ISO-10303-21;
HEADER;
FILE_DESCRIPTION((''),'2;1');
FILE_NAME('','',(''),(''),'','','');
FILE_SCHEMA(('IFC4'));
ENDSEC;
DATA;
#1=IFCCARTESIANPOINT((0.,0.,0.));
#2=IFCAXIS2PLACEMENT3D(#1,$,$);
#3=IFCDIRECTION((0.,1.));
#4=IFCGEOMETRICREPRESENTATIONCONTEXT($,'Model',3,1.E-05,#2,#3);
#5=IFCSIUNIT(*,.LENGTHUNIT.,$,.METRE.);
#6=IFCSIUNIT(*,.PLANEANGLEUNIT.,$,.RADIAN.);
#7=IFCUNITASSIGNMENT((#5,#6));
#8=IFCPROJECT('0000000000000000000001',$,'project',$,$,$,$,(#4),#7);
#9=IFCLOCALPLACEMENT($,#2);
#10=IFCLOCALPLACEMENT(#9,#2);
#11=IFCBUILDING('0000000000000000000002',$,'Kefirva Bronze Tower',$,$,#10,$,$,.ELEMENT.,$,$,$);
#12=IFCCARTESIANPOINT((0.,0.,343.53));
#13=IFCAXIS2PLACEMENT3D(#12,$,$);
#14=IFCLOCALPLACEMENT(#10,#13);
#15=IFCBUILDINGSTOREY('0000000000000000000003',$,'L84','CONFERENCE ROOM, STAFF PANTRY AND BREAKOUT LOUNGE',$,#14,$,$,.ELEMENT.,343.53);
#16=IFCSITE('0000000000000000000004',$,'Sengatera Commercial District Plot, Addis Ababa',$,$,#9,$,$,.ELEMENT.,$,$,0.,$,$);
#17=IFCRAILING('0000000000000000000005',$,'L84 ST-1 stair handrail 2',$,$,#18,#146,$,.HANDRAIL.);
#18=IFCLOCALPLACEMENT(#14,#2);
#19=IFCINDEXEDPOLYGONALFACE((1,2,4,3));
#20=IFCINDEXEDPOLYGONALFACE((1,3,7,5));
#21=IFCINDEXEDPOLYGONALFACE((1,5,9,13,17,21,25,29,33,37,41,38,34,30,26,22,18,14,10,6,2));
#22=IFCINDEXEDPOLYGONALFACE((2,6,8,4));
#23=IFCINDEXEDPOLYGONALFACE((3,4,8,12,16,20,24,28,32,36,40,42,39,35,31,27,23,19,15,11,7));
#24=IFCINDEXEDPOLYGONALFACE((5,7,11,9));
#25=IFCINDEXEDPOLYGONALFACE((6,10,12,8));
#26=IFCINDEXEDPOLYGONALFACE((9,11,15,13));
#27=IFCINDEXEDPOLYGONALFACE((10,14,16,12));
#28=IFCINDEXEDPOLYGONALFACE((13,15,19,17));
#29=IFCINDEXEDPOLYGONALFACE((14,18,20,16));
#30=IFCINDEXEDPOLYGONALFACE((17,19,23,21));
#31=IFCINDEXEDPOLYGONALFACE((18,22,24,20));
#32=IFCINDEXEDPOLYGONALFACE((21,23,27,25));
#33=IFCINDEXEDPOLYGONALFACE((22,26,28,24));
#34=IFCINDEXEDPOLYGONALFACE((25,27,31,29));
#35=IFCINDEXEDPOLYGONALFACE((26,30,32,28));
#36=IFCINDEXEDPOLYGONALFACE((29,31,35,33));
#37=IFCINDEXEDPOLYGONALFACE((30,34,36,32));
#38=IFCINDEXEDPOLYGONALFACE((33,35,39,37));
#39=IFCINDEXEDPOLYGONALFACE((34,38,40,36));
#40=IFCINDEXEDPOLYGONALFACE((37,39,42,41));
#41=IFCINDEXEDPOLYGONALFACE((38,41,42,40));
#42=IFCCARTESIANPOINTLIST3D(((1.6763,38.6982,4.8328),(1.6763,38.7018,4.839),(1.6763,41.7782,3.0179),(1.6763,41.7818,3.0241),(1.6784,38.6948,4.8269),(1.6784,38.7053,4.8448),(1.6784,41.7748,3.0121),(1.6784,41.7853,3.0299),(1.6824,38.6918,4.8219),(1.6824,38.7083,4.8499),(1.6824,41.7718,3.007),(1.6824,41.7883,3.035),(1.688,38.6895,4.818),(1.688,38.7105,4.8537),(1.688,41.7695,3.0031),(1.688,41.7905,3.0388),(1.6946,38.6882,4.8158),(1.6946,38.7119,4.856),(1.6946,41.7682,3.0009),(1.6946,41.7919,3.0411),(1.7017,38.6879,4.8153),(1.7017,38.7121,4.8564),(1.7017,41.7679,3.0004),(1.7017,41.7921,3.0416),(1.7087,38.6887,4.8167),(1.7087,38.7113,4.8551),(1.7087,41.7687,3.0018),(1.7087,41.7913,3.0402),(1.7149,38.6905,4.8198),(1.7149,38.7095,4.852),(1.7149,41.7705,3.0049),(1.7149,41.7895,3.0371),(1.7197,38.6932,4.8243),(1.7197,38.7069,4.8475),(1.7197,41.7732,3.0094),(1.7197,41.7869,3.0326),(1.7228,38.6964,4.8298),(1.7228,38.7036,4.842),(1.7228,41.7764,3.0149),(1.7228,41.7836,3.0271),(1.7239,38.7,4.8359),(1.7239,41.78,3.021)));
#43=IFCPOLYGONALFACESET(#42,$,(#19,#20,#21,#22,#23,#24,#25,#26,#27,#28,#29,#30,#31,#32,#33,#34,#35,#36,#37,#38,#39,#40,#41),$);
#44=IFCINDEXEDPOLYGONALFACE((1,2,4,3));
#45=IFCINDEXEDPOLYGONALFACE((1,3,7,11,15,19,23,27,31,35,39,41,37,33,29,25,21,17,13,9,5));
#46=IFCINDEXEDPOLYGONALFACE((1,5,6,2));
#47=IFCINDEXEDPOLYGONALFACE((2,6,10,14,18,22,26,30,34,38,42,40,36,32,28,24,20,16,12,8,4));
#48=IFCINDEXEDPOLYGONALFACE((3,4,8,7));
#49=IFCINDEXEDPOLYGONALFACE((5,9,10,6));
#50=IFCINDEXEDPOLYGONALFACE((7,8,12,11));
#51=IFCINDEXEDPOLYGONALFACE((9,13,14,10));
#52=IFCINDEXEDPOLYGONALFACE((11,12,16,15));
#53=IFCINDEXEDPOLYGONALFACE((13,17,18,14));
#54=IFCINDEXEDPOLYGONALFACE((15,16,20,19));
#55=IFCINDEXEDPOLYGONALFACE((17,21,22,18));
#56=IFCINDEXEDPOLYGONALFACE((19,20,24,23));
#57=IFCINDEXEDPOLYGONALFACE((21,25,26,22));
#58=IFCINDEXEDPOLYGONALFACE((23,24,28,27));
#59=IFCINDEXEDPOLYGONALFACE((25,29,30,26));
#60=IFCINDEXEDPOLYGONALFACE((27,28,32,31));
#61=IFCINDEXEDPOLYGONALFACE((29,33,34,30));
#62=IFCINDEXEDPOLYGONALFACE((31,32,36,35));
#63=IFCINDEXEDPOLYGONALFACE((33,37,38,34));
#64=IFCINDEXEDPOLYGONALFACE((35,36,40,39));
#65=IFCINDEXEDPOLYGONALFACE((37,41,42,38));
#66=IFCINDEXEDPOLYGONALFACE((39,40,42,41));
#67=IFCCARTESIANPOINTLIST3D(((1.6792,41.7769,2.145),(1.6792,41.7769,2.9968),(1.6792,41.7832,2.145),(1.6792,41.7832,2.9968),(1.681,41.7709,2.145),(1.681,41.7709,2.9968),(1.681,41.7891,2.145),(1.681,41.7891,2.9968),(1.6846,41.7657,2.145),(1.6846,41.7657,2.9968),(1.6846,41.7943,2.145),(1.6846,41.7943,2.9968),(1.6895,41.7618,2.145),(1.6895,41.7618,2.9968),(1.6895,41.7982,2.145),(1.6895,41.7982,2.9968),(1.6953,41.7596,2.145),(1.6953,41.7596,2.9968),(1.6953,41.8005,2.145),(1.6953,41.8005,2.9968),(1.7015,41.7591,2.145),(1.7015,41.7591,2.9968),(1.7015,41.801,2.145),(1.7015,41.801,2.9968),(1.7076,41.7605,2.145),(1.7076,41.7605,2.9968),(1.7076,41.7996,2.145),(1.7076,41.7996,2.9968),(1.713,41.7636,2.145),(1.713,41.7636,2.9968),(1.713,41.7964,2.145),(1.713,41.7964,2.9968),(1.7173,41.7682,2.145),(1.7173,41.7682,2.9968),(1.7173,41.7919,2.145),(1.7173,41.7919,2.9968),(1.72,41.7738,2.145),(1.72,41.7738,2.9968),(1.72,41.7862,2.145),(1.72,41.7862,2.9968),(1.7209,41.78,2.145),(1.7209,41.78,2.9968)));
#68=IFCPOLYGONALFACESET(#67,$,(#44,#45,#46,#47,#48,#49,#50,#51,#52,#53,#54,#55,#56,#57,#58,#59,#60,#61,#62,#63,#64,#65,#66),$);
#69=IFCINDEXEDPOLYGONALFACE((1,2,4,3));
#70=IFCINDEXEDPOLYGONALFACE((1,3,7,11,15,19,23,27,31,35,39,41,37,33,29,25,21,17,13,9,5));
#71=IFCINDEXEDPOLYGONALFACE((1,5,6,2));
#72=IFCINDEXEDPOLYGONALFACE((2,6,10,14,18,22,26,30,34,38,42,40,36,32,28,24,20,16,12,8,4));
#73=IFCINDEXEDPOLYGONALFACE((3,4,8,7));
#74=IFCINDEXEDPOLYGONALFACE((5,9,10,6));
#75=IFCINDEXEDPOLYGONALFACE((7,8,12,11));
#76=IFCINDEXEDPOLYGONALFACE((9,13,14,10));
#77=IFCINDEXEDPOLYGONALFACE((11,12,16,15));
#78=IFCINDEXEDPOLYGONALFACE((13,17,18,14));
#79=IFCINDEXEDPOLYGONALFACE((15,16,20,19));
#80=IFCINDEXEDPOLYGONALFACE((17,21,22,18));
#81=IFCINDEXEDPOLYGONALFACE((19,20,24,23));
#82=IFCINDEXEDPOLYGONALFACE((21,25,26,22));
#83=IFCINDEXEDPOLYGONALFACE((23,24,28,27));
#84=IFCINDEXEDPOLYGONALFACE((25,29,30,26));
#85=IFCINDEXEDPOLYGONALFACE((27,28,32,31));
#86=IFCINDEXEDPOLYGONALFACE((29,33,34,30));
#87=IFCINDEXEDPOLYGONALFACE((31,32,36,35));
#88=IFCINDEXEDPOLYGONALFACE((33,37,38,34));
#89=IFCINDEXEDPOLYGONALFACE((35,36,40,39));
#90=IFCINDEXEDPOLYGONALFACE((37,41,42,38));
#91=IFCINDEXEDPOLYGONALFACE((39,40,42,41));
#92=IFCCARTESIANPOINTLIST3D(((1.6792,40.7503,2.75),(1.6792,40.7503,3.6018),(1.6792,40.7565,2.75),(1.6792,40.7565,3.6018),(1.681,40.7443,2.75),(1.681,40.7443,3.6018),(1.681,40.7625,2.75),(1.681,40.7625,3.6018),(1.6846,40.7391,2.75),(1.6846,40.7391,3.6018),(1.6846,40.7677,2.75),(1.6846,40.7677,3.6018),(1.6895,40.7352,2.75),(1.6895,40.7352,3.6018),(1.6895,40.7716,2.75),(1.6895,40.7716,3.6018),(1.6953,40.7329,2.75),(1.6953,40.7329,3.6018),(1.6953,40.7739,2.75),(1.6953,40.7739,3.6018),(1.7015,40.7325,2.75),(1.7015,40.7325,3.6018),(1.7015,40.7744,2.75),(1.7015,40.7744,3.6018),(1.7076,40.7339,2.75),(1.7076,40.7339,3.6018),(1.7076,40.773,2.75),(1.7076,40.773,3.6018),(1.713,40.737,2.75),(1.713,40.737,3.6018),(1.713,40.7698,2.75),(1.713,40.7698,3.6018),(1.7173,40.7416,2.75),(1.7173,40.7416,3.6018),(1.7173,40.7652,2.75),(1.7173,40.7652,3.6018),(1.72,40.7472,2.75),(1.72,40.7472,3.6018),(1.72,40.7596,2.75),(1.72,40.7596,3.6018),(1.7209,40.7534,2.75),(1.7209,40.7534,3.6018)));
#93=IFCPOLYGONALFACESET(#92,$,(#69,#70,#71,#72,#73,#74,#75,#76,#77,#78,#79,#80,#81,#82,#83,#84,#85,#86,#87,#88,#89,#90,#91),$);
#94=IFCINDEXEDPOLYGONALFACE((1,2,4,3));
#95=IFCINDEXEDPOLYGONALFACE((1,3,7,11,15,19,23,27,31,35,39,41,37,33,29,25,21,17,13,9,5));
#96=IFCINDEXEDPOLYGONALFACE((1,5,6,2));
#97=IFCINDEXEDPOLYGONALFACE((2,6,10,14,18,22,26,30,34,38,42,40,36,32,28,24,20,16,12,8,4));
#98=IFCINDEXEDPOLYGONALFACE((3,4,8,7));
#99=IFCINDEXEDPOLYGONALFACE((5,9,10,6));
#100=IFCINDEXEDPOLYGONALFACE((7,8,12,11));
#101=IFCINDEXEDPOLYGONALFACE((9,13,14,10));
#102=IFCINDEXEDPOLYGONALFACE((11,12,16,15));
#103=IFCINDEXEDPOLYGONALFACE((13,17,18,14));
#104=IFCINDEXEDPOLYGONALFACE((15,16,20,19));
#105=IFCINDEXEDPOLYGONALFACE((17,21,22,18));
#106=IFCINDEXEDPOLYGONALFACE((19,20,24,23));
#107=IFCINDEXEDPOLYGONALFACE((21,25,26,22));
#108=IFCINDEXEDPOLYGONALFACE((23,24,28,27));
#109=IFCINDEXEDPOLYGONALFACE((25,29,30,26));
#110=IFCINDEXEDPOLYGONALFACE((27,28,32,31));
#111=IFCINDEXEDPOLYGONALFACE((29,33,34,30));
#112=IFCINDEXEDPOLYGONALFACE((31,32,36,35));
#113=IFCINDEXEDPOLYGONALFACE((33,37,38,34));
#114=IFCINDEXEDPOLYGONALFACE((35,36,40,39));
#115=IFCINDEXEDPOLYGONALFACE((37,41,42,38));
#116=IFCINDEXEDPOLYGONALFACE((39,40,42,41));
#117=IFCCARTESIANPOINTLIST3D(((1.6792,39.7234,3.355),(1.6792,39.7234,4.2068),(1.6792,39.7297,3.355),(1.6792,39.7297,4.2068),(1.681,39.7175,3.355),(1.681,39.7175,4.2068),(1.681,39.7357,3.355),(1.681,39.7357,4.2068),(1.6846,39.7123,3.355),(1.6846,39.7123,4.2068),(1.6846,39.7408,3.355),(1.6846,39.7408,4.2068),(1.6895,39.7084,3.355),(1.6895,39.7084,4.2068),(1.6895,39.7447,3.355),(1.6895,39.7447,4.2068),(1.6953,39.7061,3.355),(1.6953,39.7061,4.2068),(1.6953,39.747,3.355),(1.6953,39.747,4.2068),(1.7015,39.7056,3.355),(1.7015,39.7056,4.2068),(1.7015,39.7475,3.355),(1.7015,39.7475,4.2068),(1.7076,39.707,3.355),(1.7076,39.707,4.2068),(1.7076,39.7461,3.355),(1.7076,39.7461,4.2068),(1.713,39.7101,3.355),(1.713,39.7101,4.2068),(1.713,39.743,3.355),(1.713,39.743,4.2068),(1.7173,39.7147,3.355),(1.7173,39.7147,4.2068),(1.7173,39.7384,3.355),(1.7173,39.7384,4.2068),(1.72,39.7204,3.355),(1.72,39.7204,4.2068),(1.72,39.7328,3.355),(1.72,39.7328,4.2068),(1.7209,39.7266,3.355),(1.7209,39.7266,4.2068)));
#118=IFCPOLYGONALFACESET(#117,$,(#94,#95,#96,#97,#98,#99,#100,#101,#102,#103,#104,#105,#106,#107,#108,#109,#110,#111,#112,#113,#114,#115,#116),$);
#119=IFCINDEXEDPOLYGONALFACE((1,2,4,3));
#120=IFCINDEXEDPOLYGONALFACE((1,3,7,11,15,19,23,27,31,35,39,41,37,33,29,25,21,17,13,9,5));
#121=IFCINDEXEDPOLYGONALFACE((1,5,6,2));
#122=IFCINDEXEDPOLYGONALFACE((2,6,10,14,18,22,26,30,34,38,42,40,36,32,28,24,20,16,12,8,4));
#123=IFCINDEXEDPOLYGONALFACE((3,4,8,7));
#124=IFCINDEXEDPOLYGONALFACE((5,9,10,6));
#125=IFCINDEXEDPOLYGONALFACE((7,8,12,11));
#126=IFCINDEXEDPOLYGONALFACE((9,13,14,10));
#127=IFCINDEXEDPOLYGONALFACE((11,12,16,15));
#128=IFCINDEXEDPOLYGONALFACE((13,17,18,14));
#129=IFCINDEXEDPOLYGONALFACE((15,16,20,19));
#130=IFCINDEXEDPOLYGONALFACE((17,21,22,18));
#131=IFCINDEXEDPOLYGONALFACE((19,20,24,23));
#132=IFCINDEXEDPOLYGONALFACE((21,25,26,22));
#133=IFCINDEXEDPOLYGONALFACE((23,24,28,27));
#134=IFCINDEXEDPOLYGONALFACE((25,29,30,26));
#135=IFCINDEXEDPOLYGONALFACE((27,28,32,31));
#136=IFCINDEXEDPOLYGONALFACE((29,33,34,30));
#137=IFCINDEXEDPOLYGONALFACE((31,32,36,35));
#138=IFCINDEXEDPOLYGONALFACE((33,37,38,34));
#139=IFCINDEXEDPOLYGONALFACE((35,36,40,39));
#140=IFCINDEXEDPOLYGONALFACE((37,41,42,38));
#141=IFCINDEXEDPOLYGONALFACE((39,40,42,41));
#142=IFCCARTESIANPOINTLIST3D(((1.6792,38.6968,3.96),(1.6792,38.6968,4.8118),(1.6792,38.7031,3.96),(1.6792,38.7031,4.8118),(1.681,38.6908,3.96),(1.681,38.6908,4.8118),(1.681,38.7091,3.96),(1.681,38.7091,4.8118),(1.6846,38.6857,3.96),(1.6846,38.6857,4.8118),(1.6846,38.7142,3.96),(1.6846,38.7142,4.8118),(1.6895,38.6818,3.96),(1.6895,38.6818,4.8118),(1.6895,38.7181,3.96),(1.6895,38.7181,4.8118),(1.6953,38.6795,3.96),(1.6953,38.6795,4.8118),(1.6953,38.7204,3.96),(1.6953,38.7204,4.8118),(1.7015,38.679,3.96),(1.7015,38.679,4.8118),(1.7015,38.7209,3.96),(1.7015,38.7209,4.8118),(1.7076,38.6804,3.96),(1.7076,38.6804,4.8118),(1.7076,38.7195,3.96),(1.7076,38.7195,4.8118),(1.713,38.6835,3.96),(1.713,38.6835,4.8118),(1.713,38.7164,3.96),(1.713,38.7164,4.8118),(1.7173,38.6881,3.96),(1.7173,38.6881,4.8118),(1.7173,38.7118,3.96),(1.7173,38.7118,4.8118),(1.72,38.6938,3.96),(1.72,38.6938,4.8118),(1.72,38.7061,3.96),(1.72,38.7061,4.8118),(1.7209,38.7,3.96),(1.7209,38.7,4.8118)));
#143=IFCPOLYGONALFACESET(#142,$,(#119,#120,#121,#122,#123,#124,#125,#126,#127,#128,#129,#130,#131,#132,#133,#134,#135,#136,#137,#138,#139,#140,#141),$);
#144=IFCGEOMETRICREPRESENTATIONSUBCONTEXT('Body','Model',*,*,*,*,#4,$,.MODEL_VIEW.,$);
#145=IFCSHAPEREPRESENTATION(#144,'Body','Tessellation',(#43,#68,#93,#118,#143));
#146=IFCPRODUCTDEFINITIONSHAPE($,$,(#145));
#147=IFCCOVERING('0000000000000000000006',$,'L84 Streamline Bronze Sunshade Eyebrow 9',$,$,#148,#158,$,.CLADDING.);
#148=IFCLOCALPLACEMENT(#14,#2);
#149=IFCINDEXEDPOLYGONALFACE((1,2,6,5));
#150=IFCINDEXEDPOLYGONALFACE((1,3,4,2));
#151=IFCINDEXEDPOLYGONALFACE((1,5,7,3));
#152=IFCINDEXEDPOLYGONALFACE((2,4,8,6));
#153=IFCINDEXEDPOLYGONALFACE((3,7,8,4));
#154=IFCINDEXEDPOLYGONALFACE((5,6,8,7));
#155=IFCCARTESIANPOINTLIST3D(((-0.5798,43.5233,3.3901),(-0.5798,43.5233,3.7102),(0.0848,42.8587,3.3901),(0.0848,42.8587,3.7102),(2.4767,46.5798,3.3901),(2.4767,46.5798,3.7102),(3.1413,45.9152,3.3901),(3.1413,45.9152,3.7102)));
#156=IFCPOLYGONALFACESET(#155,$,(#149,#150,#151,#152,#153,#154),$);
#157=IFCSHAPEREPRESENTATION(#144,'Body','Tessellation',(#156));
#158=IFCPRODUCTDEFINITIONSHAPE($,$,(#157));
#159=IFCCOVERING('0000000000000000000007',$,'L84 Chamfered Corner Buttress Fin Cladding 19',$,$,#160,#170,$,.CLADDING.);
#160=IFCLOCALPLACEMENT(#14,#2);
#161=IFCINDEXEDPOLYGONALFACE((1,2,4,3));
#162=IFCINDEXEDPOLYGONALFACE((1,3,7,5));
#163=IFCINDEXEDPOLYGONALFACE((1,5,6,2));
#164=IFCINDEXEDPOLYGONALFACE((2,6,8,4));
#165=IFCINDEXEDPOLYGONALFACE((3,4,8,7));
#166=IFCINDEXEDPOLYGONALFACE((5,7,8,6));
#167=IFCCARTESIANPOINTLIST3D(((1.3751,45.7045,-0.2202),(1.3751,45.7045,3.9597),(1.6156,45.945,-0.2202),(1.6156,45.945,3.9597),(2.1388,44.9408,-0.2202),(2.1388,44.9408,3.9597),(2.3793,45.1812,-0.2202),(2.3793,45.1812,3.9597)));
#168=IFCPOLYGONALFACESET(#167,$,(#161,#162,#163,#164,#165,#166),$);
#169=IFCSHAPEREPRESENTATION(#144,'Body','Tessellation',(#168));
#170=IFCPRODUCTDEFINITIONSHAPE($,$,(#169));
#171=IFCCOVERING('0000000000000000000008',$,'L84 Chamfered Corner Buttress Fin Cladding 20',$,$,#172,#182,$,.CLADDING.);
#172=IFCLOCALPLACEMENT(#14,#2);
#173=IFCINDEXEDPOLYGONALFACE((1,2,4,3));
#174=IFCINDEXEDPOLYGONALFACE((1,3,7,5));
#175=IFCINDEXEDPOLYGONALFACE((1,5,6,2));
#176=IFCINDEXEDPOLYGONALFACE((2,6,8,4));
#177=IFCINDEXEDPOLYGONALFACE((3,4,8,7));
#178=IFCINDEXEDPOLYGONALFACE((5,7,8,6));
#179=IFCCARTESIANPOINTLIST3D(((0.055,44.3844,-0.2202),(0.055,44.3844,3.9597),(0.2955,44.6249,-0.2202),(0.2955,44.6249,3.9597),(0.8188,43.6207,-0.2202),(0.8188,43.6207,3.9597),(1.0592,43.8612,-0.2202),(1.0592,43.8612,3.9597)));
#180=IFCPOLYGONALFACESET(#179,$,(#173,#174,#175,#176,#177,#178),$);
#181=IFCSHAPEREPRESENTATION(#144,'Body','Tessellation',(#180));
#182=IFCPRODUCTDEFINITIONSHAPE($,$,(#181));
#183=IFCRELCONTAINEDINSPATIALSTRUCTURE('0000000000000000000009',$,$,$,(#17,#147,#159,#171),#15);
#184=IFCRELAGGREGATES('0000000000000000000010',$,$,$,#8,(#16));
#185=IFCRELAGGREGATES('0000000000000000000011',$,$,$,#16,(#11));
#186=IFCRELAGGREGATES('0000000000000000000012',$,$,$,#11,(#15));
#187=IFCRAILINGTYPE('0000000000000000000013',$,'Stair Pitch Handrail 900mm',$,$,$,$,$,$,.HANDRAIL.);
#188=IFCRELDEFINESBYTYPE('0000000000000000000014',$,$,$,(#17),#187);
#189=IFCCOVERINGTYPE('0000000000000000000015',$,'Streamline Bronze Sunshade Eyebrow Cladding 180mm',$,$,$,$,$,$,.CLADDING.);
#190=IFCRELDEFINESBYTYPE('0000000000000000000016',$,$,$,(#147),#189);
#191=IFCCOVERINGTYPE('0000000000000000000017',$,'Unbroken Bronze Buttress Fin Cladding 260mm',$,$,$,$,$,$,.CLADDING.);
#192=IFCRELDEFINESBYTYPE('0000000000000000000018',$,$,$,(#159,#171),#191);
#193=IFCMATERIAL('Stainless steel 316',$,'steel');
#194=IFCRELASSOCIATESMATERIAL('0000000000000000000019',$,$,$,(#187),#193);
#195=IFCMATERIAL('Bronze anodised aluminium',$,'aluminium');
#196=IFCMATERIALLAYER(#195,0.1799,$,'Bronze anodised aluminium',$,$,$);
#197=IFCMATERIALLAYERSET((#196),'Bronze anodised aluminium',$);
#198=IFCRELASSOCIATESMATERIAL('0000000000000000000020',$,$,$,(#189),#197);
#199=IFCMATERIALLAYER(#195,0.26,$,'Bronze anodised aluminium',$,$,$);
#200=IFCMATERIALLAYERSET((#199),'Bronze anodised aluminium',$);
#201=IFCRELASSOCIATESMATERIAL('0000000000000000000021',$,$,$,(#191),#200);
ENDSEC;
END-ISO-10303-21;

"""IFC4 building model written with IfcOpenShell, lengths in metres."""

from ifc_helpers import new_model, si_unit, direction, frame, origin, origin_2d, place, context, subcontext, project, spatial, rectangle, circle, extrude, material, layer, layer_set, type_object, element, save


model = new_model("IFC4")

# Units and contexts
model_context = context("Model", 3, precision=1e-05, world=origin(), true_north=direction((0.0, 1.0)))
body_context = subcontext(model_context, "Body", "Model", "MODEL_VIEW")
ifc_project = project(units=[si_unit("LENGTHUNIT", "METRE"), si_unit("PLANEANGLEUNIT", "RADIAN")], contexts=[model_context])

# Site, building, storey
site_placement = place(None, origin())
site = spatial("IfcSite", under=ifc_project, at=site_placement, Name="Sengatera Commercial District Plot, Addis Ababa", CompositionType="ELEMENT", RefElevation=0.0)
building_placement = place(site_placement, origin())
building = spatial("IfcBuilding", under=site, at=building_placement, Name="Kefirva Bronze Tower", CompositionType="ELEMENT")
storey_placement = place(building_placement, frame((0.0, 0.0, 343.53)))
storey = spatial("IfcBuildingStorey", under=building, at=storey_placement, Name="L84", Description="CONFERENCE ROOM, STAFF PANTRY AND BREAKOUT LOUNGE", CompositionType="ELEMENT", Elevation=343.53)

# Shared definitions
ifc_material_1 = material(Name="Bronze anodised aluminium", Category="aluminium")

# Railing
ifc_material_2 = material(Name="Stainless steel 316", Category="steel")
railing_type_1 = type_object("IfcRailingType", Name="Stair Pitch Handrail 900mm", PredefinedType="HANDRAIL", material=ifc_material_2)
railing_1_placement = place(storey_placement, frame((1.7, 41.78, 2.145)))
element("IfcRailing", 1, at=railing_1_placement, inside=storey, type_object=railing_type_1, Name="L84 ST-1 stair handrail 2", PredefinedType="HANDRAIL", context=body_context, shape_type="SweptSolid", body=[
    extrude(circle(Radius=0.0239, at=origin_2d()), frame((0.0, 0.0, 0.876), z_axis=(0.0, -0.861551, 0.507671), x_axis=(1.0, 0.0, 0.0)), (0.0, 0.0, 1.0), 3.575),
    extrude(circle(Radius=0.021, at=origin_2d()), origin(), (0.0, 0.0, 1.0), 0.8518),
    extrude(circle(Radius=0.021, at=origin_2d()), frame((0.0, -1.0266, 0.605)), (0.0, 0.0, 1.0), 0.8518),
    extrude(circle(Radius=0.021, at=origin_2d()), frame((0.0, -2.0535, 1.21)), (0.0, 0.0, 1.0), 0.8518),
    extrude(circle(Radius=0.021, at=origin_2d()), frame((0.0, -3.0801, 1.8149)), (0.0, 0.0, 1.0), 0.8518),
])

# Coverings
ifc_layer_1 = layer(ifc_material_1, 0.1799, Name="Bronze anodised aluminium")
ifc_layer_set_1 = layer_set([ifc_layer_1], Name="Bronze anodised aluminium")
covering_type_1 = type_object("IfcCoveringType", Name="Streamline Bronze Sunshade Eyebrow Cladding 180mm", PredefinedType="CLADDING", material=ifc_layer_set_1)
covering_1_placement = place(storey_placement, frame((1.2808, 44.7192, 3.3901), z_axis=(0.0, 0.0, 1.0), x_axis=(-0.707107, -0.707107, 0.0)))
element("IfcCovering", 2, at=covering_1_placement, inside=storey, type_object=covering_type_1, Name="L84 Streamline Bronze Sunshade Eyebrow 9", PredefinedType="CLADDING", context=body_context, shape_type="SweptSolid", body=[
    extrude(rectangle(XDim=4.3225, YDim=0.9399, at=origin_2d()), origin(), (0.0, 0.0, 1.0), 0.3201),
])
ifc_layer_2 = layer(ifc_material_1, 0.26, Name="Bronze anodised aluminium")
ifc_layer_set_2 = layer_set([ifc_layer_2], Name="Bronze anodised aluminium")
covering_type_2 = type_object("IfcCoveringType", Name="Unbroken Bronze Buttress Fin Cladding 260mm", PredefinedType="CLADDING", material=ifc_layer_set_2)
for number, where, z_axis, x_axis, name in (
    (3, (1.8772, 45.4429, -0.2202), (0.0, 0.0, 1.0), (-0.707107, -0.707107, 0.0), "L84 Chamfered Corner Buttress Fin Cladding 19"),
    (4, (0.5571, 44.1228, -0.2202), (0.0, 0.0, 1.0), (-0.707107, -0.707107, 0.0), "L84 Chamfered Corner Buttress Fin Cladding 20"),
):
    element("IfcCovering", number, at=place(storey_placement, frame(where, z_axis=z_axis, x_axis=x_axis)), inside=storey, type_object=covering_type_2, Name=name, PredefinedType="CLADDING", context=body_context, shape_type="SweptSolid", body=[
        extrude(rectangle(XDim=0.3401, YDim=1.0801, at=origin_2d()), origin(), (0.0, 0.0, 1.0), 4.1799),
    ])

save(model, "model.ifc")
